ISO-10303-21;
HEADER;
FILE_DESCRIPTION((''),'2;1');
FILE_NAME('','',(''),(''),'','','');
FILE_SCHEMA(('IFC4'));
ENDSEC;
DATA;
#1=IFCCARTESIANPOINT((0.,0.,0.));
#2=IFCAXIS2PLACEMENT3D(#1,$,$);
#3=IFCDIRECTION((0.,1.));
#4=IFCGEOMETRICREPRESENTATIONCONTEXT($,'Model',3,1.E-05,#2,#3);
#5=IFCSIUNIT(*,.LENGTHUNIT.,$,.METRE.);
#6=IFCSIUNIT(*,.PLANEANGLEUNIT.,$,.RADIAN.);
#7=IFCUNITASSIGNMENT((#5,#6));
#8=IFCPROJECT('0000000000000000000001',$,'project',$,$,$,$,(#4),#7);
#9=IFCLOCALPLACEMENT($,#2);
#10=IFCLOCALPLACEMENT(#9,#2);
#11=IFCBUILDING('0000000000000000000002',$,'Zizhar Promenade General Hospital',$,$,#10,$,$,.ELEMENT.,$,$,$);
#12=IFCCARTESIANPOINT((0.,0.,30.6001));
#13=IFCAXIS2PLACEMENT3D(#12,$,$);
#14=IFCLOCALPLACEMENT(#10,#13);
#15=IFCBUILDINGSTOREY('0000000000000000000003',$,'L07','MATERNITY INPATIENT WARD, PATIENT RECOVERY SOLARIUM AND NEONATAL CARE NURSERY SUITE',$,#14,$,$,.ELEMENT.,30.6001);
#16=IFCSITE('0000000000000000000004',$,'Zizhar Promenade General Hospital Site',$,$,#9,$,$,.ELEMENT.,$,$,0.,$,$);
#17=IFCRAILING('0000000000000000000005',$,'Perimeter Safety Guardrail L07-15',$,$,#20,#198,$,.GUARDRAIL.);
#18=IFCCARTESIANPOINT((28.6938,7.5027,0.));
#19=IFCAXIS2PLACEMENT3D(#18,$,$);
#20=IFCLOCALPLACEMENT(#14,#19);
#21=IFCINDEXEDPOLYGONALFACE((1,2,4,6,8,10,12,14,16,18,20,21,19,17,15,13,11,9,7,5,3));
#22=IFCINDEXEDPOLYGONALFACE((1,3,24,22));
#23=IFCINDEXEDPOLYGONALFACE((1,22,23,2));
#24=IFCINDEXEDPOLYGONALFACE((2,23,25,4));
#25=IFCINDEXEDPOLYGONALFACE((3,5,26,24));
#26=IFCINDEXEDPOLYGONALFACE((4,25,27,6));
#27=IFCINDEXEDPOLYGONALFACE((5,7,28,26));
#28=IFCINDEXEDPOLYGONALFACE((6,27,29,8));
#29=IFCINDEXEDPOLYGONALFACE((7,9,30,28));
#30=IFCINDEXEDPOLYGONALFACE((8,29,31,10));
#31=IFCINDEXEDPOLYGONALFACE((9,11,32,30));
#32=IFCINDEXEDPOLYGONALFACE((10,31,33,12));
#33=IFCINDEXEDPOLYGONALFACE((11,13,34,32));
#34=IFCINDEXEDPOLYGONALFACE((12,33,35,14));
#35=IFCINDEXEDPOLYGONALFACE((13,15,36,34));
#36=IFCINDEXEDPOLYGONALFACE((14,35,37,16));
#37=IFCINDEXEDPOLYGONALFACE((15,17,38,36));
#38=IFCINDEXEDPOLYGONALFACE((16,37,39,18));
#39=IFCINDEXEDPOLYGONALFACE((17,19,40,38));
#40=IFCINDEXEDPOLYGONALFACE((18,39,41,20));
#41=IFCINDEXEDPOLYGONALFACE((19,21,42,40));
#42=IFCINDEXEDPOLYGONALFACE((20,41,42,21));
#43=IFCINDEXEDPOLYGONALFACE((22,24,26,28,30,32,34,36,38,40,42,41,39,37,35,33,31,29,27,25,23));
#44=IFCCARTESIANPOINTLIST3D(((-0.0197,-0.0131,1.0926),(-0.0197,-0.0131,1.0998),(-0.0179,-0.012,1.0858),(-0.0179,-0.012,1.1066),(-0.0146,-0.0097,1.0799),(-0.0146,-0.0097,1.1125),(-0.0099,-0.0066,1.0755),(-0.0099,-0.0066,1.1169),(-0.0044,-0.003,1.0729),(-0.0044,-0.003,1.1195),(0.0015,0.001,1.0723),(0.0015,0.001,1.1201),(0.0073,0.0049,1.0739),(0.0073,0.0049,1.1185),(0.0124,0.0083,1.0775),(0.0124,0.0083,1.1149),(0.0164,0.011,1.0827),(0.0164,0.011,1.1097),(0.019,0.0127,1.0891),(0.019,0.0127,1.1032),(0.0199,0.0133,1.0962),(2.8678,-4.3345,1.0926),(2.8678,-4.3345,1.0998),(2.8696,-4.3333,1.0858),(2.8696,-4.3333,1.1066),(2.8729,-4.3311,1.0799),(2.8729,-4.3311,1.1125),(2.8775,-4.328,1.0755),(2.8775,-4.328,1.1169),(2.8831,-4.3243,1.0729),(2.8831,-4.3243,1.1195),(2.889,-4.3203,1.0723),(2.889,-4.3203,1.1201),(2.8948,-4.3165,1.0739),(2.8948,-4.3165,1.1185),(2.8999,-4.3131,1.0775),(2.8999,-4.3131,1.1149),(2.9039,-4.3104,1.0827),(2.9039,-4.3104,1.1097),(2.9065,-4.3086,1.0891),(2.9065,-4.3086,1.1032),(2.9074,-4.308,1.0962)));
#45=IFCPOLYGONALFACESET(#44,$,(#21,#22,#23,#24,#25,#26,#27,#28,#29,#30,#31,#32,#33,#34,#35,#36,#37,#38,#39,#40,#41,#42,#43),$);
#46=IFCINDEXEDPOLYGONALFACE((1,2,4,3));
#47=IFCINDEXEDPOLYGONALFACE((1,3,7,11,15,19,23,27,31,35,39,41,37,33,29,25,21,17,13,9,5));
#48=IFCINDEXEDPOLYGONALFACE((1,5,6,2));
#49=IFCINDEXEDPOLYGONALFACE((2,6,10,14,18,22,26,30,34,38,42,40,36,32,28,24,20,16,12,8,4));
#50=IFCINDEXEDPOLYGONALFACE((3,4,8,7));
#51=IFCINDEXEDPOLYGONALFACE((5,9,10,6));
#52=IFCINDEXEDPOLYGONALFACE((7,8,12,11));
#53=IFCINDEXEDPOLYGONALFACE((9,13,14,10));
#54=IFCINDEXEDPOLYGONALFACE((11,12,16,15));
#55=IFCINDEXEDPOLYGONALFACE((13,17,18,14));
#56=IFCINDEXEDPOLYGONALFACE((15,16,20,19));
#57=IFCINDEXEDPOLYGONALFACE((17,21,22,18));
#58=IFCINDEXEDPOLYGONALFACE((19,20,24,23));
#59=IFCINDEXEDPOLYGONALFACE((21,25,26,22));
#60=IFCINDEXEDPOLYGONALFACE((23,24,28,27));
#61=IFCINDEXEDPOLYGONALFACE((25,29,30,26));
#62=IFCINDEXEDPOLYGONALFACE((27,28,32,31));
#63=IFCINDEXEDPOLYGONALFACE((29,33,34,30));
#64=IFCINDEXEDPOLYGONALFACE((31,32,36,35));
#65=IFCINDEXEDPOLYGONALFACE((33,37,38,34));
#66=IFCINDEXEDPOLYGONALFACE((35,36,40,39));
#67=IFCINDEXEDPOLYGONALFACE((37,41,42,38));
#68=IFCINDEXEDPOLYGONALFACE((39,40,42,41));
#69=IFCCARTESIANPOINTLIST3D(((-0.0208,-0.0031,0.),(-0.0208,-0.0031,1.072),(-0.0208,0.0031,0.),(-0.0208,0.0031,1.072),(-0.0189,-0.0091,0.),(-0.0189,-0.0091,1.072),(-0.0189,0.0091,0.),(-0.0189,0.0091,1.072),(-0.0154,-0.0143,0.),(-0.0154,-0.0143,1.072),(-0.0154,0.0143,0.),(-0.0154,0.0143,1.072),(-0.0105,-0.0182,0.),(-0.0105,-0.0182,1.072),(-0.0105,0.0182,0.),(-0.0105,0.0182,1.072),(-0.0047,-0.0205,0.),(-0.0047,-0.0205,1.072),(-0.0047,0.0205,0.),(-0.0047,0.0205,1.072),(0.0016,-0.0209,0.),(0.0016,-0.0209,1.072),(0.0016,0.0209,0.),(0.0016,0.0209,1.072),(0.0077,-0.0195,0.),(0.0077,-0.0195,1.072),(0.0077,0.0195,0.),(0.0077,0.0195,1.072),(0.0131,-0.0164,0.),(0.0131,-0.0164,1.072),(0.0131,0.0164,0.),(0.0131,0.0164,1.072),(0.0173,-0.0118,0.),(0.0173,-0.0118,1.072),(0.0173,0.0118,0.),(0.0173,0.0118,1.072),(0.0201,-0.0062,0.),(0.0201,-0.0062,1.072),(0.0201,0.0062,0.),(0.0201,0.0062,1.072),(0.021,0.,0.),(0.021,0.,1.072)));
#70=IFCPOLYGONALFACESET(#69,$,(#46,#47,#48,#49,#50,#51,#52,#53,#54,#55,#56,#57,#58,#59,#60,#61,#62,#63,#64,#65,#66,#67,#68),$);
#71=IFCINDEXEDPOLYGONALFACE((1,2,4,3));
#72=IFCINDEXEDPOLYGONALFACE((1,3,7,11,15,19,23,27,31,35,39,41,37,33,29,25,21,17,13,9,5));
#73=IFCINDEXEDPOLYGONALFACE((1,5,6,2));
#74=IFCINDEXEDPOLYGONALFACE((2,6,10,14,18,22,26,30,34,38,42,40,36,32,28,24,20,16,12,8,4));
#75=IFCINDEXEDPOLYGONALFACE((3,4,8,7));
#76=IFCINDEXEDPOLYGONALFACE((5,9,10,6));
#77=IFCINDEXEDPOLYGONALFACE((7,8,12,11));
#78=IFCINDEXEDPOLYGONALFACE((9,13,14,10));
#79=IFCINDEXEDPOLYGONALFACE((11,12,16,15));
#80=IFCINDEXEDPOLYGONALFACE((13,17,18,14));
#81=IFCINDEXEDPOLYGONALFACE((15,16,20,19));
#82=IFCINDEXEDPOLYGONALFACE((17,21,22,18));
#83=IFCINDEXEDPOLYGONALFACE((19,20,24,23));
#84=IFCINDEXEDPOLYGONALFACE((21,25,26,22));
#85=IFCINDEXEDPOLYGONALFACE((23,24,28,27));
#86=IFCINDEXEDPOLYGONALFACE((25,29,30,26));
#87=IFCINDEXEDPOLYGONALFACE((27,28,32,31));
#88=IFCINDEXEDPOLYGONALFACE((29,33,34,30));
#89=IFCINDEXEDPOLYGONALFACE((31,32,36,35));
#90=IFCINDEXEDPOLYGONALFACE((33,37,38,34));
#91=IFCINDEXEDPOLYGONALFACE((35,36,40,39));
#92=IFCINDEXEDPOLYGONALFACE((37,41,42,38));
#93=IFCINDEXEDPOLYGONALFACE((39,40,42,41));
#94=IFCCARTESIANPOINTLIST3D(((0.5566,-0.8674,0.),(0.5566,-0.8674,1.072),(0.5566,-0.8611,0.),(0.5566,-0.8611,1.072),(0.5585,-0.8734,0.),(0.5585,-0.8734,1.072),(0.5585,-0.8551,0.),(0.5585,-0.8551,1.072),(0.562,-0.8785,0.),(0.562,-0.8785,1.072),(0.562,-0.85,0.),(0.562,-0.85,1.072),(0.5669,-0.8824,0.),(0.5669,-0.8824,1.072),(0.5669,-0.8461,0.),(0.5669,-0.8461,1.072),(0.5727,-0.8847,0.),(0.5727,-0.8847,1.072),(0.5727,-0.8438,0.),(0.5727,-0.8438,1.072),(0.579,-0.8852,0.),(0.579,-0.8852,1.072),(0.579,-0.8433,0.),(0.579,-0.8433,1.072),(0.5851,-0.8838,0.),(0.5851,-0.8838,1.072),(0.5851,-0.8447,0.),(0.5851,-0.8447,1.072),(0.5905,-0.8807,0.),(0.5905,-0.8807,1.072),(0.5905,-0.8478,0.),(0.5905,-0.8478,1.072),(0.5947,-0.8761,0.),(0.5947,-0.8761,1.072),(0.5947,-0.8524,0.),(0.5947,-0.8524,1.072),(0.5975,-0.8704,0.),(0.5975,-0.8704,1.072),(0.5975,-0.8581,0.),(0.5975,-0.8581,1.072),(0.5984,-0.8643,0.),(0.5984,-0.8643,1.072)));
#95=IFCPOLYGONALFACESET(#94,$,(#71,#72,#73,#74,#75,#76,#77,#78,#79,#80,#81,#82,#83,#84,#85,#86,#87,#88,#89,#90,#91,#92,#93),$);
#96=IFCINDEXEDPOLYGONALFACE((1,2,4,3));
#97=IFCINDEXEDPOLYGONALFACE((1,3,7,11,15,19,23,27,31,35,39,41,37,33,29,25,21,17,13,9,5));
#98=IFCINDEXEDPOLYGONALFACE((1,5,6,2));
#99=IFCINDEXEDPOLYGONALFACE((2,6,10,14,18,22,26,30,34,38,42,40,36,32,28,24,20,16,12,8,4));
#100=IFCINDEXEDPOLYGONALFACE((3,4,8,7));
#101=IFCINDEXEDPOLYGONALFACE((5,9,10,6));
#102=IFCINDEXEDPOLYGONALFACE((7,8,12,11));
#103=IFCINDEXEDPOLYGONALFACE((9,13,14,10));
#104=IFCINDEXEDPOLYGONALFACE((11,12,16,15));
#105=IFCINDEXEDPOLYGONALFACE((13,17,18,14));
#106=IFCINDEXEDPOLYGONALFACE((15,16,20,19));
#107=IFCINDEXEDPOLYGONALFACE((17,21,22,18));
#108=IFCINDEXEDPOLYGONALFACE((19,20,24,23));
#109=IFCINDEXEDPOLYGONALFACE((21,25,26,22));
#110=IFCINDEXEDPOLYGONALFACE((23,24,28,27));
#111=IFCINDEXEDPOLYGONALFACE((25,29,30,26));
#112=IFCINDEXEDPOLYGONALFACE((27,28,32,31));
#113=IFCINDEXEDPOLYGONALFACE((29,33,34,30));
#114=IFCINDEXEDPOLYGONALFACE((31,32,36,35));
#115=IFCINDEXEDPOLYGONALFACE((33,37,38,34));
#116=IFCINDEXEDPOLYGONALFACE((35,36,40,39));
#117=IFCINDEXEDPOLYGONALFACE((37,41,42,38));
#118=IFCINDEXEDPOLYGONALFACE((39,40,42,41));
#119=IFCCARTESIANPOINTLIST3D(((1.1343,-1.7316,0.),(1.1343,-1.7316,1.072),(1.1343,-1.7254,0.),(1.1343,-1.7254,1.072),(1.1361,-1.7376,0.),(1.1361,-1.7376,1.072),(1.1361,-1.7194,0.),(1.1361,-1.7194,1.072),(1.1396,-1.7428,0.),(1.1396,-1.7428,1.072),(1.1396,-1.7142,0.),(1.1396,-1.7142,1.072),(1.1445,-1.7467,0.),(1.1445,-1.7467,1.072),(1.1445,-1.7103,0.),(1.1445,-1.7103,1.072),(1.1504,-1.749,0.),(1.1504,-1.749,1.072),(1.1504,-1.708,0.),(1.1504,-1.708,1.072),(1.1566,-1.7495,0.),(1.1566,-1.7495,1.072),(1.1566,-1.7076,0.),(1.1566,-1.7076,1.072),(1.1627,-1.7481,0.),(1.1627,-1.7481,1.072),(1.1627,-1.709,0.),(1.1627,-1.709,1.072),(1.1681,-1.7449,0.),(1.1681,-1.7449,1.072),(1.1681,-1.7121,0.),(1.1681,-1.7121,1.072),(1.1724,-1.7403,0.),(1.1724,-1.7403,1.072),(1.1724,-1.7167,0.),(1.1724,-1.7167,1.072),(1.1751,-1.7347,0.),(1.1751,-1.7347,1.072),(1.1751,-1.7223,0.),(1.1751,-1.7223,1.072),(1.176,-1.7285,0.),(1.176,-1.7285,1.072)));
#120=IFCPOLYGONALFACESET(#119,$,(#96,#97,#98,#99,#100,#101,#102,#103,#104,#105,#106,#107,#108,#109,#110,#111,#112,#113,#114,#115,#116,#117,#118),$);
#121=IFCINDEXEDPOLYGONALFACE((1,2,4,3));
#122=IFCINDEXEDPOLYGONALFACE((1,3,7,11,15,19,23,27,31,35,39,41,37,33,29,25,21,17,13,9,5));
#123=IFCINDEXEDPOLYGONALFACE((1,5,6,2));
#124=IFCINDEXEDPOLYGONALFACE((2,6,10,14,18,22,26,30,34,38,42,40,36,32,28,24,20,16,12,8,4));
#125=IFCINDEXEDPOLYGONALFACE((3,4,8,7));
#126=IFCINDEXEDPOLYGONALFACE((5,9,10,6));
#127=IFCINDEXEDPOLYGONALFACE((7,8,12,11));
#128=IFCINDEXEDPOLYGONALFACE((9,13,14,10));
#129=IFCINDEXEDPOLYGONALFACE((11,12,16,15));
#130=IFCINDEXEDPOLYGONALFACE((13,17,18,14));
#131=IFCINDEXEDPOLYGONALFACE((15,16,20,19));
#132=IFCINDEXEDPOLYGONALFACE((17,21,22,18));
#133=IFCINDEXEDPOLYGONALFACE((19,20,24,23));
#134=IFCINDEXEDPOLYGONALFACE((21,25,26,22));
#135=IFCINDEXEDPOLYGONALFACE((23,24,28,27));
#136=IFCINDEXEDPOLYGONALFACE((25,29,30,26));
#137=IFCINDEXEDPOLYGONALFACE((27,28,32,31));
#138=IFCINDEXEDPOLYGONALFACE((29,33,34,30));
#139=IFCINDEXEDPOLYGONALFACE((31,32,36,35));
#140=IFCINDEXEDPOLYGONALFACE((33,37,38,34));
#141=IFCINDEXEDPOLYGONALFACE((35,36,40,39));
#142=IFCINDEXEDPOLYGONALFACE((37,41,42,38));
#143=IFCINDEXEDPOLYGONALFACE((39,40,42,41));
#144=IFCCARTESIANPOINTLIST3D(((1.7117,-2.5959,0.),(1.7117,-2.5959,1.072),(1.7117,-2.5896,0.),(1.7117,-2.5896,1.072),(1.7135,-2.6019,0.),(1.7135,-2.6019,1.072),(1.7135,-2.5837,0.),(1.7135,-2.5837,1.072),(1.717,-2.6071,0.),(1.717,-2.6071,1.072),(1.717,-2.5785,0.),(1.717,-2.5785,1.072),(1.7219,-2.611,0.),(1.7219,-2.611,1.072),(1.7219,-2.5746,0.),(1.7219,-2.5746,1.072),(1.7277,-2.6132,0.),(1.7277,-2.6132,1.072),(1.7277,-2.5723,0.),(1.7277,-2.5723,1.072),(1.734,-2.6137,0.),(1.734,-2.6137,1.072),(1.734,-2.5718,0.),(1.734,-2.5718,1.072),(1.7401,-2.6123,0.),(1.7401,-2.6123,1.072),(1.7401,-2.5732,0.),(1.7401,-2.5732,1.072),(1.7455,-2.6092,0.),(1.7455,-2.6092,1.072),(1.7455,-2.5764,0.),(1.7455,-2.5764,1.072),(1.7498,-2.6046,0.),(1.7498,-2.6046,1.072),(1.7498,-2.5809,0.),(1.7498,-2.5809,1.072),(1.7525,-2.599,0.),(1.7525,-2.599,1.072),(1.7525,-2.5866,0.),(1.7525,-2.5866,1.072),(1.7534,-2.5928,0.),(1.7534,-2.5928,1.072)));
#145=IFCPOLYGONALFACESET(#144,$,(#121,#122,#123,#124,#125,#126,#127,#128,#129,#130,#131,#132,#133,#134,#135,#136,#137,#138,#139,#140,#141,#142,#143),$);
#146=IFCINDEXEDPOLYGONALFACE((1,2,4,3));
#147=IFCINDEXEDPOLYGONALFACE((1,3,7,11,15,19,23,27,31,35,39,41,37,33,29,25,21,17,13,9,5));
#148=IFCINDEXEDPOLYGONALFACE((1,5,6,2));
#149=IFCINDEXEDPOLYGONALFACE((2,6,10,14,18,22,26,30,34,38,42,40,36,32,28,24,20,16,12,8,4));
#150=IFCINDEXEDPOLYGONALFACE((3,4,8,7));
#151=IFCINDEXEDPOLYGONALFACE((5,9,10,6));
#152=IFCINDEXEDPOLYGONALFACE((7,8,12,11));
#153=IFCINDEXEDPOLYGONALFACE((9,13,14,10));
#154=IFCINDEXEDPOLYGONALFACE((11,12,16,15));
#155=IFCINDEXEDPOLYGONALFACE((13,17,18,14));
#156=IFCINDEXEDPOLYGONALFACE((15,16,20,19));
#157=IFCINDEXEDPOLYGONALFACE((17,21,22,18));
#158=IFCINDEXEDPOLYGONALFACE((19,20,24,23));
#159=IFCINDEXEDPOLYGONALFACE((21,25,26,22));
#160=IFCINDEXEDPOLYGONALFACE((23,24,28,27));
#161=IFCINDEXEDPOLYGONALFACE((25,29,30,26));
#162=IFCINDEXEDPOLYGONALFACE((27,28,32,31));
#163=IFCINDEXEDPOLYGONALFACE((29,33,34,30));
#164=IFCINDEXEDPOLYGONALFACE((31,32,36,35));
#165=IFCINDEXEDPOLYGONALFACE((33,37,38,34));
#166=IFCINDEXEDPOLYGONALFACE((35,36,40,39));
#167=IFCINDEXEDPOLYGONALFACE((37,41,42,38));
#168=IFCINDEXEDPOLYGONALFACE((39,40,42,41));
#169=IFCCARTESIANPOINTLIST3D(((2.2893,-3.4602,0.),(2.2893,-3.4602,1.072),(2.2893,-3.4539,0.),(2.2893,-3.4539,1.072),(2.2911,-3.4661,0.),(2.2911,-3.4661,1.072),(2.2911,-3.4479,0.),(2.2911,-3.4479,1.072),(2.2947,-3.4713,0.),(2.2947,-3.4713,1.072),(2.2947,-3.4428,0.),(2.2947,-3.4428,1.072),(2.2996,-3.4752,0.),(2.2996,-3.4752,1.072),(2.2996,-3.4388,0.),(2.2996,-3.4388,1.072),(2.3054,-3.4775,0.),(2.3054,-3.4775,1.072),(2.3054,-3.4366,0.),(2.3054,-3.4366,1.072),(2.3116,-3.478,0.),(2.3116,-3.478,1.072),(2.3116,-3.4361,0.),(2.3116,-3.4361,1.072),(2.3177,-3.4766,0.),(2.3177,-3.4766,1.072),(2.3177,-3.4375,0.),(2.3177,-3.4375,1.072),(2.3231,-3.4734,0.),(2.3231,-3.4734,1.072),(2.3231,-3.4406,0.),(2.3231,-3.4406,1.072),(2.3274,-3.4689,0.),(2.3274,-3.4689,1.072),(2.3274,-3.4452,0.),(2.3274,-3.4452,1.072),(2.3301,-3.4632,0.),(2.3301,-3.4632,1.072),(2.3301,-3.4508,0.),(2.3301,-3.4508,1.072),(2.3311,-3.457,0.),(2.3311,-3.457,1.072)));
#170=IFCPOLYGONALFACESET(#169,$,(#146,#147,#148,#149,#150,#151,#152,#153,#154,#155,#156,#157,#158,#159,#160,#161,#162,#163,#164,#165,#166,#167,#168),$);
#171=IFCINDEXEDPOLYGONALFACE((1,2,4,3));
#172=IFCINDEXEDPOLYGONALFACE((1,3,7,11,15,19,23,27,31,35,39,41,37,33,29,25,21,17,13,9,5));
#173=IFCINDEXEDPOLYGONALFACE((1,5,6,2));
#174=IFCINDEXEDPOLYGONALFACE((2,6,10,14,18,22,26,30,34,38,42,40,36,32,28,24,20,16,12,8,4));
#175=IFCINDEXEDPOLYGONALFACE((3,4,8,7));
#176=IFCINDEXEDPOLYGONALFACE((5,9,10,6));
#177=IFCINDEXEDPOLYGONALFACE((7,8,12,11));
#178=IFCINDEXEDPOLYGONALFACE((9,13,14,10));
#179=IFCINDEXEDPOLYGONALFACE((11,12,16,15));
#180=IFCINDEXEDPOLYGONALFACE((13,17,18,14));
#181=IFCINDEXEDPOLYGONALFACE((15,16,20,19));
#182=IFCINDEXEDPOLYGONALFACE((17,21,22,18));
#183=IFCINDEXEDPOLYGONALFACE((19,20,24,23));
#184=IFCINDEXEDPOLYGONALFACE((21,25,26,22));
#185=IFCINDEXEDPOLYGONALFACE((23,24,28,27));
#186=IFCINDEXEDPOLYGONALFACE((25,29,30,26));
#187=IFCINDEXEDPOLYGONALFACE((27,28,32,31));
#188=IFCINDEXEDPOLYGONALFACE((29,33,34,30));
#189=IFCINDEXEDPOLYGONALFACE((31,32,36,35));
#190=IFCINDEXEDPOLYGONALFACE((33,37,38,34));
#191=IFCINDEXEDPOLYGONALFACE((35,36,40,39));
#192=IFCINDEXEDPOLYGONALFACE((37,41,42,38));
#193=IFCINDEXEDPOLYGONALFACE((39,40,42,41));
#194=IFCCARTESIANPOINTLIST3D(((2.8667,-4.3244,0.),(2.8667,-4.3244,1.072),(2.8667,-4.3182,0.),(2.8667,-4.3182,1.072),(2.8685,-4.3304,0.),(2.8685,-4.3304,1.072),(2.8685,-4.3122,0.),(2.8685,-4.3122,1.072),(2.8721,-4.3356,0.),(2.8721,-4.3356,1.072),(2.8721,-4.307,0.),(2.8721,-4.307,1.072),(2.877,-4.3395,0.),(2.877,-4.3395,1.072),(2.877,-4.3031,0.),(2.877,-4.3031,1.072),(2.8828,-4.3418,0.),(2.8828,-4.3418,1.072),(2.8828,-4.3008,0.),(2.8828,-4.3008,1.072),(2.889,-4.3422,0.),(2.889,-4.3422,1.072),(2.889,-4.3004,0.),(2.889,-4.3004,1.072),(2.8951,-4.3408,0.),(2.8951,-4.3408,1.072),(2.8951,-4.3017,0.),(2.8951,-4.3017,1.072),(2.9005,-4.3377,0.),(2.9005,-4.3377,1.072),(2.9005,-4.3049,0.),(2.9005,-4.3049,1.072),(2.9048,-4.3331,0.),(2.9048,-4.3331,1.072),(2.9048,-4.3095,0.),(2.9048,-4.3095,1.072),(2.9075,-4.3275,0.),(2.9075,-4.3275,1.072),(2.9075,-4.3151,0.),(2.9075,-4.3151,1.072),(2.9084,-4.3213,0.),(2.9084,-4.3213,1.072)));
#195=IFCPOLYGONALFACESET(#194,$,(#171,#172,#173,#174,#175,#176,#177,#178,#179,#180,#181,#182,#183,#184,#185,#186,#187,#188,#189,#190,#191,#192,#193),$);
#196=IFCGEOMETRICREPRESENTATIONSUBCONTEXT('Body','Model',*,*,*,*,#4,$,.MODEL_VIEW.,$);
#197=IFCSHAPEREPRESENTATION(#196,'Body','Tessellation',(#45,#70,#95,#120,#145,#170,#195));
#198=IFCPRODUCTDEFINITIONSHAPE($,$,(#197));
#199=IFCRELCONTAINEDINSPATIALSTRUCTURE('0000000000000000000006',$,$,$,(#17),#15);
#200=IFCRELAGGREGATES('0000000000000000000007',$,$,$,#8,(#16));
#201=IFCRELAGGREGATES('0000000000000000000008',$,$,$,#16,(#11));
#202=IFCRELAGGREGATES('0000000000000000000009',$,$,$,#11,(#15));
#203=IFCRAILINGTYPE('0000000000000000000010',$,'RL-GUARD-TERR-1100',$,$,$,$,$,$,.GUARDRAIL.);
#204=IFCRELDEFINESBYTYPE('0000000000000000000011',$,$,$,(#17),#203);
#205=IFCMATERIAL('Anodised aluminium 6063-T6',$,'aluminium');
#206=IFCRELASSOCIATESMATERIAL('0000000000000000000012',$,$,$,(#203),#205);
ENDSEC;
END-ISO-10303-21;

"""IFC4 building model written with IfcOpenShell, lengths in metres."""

from ifc_helpers import new_model, si_unit, direction, frame, origin, origin_2d, place, context, subcontext, project, spatial, circle, hollow_circle, extrude, material, material_profile, profile_set, type_object, element, save


model = new_model("IFC4")

# Units and contexts
model_context = context("Model", 3, precision=1e-05, world=origin(), true_north=direction((0.0, 1.0)))
body_context = subcontext(model_context, "Body", "Model", "MODEL_VIEW")
ifc_project = project(units=[si_unit("LENGTHUNIT", "METRE"), si_unit("PLANEANGLEUNIT", "RADIAN")], contexts=[model_context])

# Site, building, storey
site_placement = place(None, origin())
site = spatial("IfcSite", under=ifc_project, at=site_placement, Name="Zizhar Promenade General Hospital Site", CompositionType="ELEMENT", RefElevation=0.0)
building_placement = place(site_placement, origin())
building = spatial("IfcBuilding", under=site, at=building_placement, Name="Zizhar Promenade General Hospital", CompositionType="ELEMENT")
storey_placement = place(building_placement, frame((0.0, 0.0, 30.6001)))
storey = spatial("IfcBuildingStorey", under=building, at=storey_placement, Name="L07", Description="MATERNITY INPATIENT WARD, PATIENT RECOVERY SOLARIUM AND NEONATAL CARE NURSERY SUITE", CompositionType="ELEMENT", Elevation=30.6001)

# Railing
ifc_material_1 = material(Name="Anodised aluminium 6063-T6", Category="aluminium")
ifc_material_profile_1 = material_profile(ifc_material_1, hollow_circle(Radius=0.0698, WallThickness=0.0063, at=origin_2d()))
ifc_profile_set_1 = profile_set([ifc_material_profile_1], Name="Anodised aluminium 6063-T6")
railing_type = type_object("IfcRailingType", Name="RL-GUARD-TERR-1100", PredefinedType="GUARDRAIL", material=ifc_profile_set_1)
railing_1_placement = place(storey_placement, frame((28.6938, 7.5027, 0.0)))
element("IfcRailing", 1, at=railing_1_placement, inside=storey, type_object=railing_type, Name="Perimeter Safety Guardrail L07-15", PredefinedType="GUARDRAIL", context=body_context, shape_type="SweptSolid", body=[
    extrude(circle(Radius=0.0239, at=origin_2d()), frame((0.0, 0.0, 1.0962), z_axis=(0.555578, -0.831464, 0.0), x_axis=(0.831464, 0.555578, 0.0)), (0.0, 0.0, 1.0), 5.1973),
    extrude(circle(Radius=0.021, at=origin_2d()), origin(), (0.0, 0.0, 1.0), 1.072),
    extrude(circle(Radius=0.021, at=origin_2d()), frame((0.5774, -0.8643, 0.0)), (0.0, 0.0, 1.0), 1.072),
    extrude(circle(Radius=0.021, at=origin_2d()), frame((1.155, -1.7285, 0.0)), (0.0, 0.0, 1.0), 1.072),
    extrude(circle(Radius=0.021, at=origin_2d()), frame((1.7324, -2.5928, 0.0)), (0.0, 0.0, 1.0), 1.072),
    extrude(circle(Radius=0.021, at=origin_2d()), frame((2.3101, -3.457, 0.0)), (0.0, 0.0, 1.0), 1.072),
    extrude(circle(Radius=0.021, at=origin_2d()), frame((2.8875, -4.3213, 0.0)), (0.0, 0.0, 1.0), 1.072),
])

save(model, "model.ifc")
